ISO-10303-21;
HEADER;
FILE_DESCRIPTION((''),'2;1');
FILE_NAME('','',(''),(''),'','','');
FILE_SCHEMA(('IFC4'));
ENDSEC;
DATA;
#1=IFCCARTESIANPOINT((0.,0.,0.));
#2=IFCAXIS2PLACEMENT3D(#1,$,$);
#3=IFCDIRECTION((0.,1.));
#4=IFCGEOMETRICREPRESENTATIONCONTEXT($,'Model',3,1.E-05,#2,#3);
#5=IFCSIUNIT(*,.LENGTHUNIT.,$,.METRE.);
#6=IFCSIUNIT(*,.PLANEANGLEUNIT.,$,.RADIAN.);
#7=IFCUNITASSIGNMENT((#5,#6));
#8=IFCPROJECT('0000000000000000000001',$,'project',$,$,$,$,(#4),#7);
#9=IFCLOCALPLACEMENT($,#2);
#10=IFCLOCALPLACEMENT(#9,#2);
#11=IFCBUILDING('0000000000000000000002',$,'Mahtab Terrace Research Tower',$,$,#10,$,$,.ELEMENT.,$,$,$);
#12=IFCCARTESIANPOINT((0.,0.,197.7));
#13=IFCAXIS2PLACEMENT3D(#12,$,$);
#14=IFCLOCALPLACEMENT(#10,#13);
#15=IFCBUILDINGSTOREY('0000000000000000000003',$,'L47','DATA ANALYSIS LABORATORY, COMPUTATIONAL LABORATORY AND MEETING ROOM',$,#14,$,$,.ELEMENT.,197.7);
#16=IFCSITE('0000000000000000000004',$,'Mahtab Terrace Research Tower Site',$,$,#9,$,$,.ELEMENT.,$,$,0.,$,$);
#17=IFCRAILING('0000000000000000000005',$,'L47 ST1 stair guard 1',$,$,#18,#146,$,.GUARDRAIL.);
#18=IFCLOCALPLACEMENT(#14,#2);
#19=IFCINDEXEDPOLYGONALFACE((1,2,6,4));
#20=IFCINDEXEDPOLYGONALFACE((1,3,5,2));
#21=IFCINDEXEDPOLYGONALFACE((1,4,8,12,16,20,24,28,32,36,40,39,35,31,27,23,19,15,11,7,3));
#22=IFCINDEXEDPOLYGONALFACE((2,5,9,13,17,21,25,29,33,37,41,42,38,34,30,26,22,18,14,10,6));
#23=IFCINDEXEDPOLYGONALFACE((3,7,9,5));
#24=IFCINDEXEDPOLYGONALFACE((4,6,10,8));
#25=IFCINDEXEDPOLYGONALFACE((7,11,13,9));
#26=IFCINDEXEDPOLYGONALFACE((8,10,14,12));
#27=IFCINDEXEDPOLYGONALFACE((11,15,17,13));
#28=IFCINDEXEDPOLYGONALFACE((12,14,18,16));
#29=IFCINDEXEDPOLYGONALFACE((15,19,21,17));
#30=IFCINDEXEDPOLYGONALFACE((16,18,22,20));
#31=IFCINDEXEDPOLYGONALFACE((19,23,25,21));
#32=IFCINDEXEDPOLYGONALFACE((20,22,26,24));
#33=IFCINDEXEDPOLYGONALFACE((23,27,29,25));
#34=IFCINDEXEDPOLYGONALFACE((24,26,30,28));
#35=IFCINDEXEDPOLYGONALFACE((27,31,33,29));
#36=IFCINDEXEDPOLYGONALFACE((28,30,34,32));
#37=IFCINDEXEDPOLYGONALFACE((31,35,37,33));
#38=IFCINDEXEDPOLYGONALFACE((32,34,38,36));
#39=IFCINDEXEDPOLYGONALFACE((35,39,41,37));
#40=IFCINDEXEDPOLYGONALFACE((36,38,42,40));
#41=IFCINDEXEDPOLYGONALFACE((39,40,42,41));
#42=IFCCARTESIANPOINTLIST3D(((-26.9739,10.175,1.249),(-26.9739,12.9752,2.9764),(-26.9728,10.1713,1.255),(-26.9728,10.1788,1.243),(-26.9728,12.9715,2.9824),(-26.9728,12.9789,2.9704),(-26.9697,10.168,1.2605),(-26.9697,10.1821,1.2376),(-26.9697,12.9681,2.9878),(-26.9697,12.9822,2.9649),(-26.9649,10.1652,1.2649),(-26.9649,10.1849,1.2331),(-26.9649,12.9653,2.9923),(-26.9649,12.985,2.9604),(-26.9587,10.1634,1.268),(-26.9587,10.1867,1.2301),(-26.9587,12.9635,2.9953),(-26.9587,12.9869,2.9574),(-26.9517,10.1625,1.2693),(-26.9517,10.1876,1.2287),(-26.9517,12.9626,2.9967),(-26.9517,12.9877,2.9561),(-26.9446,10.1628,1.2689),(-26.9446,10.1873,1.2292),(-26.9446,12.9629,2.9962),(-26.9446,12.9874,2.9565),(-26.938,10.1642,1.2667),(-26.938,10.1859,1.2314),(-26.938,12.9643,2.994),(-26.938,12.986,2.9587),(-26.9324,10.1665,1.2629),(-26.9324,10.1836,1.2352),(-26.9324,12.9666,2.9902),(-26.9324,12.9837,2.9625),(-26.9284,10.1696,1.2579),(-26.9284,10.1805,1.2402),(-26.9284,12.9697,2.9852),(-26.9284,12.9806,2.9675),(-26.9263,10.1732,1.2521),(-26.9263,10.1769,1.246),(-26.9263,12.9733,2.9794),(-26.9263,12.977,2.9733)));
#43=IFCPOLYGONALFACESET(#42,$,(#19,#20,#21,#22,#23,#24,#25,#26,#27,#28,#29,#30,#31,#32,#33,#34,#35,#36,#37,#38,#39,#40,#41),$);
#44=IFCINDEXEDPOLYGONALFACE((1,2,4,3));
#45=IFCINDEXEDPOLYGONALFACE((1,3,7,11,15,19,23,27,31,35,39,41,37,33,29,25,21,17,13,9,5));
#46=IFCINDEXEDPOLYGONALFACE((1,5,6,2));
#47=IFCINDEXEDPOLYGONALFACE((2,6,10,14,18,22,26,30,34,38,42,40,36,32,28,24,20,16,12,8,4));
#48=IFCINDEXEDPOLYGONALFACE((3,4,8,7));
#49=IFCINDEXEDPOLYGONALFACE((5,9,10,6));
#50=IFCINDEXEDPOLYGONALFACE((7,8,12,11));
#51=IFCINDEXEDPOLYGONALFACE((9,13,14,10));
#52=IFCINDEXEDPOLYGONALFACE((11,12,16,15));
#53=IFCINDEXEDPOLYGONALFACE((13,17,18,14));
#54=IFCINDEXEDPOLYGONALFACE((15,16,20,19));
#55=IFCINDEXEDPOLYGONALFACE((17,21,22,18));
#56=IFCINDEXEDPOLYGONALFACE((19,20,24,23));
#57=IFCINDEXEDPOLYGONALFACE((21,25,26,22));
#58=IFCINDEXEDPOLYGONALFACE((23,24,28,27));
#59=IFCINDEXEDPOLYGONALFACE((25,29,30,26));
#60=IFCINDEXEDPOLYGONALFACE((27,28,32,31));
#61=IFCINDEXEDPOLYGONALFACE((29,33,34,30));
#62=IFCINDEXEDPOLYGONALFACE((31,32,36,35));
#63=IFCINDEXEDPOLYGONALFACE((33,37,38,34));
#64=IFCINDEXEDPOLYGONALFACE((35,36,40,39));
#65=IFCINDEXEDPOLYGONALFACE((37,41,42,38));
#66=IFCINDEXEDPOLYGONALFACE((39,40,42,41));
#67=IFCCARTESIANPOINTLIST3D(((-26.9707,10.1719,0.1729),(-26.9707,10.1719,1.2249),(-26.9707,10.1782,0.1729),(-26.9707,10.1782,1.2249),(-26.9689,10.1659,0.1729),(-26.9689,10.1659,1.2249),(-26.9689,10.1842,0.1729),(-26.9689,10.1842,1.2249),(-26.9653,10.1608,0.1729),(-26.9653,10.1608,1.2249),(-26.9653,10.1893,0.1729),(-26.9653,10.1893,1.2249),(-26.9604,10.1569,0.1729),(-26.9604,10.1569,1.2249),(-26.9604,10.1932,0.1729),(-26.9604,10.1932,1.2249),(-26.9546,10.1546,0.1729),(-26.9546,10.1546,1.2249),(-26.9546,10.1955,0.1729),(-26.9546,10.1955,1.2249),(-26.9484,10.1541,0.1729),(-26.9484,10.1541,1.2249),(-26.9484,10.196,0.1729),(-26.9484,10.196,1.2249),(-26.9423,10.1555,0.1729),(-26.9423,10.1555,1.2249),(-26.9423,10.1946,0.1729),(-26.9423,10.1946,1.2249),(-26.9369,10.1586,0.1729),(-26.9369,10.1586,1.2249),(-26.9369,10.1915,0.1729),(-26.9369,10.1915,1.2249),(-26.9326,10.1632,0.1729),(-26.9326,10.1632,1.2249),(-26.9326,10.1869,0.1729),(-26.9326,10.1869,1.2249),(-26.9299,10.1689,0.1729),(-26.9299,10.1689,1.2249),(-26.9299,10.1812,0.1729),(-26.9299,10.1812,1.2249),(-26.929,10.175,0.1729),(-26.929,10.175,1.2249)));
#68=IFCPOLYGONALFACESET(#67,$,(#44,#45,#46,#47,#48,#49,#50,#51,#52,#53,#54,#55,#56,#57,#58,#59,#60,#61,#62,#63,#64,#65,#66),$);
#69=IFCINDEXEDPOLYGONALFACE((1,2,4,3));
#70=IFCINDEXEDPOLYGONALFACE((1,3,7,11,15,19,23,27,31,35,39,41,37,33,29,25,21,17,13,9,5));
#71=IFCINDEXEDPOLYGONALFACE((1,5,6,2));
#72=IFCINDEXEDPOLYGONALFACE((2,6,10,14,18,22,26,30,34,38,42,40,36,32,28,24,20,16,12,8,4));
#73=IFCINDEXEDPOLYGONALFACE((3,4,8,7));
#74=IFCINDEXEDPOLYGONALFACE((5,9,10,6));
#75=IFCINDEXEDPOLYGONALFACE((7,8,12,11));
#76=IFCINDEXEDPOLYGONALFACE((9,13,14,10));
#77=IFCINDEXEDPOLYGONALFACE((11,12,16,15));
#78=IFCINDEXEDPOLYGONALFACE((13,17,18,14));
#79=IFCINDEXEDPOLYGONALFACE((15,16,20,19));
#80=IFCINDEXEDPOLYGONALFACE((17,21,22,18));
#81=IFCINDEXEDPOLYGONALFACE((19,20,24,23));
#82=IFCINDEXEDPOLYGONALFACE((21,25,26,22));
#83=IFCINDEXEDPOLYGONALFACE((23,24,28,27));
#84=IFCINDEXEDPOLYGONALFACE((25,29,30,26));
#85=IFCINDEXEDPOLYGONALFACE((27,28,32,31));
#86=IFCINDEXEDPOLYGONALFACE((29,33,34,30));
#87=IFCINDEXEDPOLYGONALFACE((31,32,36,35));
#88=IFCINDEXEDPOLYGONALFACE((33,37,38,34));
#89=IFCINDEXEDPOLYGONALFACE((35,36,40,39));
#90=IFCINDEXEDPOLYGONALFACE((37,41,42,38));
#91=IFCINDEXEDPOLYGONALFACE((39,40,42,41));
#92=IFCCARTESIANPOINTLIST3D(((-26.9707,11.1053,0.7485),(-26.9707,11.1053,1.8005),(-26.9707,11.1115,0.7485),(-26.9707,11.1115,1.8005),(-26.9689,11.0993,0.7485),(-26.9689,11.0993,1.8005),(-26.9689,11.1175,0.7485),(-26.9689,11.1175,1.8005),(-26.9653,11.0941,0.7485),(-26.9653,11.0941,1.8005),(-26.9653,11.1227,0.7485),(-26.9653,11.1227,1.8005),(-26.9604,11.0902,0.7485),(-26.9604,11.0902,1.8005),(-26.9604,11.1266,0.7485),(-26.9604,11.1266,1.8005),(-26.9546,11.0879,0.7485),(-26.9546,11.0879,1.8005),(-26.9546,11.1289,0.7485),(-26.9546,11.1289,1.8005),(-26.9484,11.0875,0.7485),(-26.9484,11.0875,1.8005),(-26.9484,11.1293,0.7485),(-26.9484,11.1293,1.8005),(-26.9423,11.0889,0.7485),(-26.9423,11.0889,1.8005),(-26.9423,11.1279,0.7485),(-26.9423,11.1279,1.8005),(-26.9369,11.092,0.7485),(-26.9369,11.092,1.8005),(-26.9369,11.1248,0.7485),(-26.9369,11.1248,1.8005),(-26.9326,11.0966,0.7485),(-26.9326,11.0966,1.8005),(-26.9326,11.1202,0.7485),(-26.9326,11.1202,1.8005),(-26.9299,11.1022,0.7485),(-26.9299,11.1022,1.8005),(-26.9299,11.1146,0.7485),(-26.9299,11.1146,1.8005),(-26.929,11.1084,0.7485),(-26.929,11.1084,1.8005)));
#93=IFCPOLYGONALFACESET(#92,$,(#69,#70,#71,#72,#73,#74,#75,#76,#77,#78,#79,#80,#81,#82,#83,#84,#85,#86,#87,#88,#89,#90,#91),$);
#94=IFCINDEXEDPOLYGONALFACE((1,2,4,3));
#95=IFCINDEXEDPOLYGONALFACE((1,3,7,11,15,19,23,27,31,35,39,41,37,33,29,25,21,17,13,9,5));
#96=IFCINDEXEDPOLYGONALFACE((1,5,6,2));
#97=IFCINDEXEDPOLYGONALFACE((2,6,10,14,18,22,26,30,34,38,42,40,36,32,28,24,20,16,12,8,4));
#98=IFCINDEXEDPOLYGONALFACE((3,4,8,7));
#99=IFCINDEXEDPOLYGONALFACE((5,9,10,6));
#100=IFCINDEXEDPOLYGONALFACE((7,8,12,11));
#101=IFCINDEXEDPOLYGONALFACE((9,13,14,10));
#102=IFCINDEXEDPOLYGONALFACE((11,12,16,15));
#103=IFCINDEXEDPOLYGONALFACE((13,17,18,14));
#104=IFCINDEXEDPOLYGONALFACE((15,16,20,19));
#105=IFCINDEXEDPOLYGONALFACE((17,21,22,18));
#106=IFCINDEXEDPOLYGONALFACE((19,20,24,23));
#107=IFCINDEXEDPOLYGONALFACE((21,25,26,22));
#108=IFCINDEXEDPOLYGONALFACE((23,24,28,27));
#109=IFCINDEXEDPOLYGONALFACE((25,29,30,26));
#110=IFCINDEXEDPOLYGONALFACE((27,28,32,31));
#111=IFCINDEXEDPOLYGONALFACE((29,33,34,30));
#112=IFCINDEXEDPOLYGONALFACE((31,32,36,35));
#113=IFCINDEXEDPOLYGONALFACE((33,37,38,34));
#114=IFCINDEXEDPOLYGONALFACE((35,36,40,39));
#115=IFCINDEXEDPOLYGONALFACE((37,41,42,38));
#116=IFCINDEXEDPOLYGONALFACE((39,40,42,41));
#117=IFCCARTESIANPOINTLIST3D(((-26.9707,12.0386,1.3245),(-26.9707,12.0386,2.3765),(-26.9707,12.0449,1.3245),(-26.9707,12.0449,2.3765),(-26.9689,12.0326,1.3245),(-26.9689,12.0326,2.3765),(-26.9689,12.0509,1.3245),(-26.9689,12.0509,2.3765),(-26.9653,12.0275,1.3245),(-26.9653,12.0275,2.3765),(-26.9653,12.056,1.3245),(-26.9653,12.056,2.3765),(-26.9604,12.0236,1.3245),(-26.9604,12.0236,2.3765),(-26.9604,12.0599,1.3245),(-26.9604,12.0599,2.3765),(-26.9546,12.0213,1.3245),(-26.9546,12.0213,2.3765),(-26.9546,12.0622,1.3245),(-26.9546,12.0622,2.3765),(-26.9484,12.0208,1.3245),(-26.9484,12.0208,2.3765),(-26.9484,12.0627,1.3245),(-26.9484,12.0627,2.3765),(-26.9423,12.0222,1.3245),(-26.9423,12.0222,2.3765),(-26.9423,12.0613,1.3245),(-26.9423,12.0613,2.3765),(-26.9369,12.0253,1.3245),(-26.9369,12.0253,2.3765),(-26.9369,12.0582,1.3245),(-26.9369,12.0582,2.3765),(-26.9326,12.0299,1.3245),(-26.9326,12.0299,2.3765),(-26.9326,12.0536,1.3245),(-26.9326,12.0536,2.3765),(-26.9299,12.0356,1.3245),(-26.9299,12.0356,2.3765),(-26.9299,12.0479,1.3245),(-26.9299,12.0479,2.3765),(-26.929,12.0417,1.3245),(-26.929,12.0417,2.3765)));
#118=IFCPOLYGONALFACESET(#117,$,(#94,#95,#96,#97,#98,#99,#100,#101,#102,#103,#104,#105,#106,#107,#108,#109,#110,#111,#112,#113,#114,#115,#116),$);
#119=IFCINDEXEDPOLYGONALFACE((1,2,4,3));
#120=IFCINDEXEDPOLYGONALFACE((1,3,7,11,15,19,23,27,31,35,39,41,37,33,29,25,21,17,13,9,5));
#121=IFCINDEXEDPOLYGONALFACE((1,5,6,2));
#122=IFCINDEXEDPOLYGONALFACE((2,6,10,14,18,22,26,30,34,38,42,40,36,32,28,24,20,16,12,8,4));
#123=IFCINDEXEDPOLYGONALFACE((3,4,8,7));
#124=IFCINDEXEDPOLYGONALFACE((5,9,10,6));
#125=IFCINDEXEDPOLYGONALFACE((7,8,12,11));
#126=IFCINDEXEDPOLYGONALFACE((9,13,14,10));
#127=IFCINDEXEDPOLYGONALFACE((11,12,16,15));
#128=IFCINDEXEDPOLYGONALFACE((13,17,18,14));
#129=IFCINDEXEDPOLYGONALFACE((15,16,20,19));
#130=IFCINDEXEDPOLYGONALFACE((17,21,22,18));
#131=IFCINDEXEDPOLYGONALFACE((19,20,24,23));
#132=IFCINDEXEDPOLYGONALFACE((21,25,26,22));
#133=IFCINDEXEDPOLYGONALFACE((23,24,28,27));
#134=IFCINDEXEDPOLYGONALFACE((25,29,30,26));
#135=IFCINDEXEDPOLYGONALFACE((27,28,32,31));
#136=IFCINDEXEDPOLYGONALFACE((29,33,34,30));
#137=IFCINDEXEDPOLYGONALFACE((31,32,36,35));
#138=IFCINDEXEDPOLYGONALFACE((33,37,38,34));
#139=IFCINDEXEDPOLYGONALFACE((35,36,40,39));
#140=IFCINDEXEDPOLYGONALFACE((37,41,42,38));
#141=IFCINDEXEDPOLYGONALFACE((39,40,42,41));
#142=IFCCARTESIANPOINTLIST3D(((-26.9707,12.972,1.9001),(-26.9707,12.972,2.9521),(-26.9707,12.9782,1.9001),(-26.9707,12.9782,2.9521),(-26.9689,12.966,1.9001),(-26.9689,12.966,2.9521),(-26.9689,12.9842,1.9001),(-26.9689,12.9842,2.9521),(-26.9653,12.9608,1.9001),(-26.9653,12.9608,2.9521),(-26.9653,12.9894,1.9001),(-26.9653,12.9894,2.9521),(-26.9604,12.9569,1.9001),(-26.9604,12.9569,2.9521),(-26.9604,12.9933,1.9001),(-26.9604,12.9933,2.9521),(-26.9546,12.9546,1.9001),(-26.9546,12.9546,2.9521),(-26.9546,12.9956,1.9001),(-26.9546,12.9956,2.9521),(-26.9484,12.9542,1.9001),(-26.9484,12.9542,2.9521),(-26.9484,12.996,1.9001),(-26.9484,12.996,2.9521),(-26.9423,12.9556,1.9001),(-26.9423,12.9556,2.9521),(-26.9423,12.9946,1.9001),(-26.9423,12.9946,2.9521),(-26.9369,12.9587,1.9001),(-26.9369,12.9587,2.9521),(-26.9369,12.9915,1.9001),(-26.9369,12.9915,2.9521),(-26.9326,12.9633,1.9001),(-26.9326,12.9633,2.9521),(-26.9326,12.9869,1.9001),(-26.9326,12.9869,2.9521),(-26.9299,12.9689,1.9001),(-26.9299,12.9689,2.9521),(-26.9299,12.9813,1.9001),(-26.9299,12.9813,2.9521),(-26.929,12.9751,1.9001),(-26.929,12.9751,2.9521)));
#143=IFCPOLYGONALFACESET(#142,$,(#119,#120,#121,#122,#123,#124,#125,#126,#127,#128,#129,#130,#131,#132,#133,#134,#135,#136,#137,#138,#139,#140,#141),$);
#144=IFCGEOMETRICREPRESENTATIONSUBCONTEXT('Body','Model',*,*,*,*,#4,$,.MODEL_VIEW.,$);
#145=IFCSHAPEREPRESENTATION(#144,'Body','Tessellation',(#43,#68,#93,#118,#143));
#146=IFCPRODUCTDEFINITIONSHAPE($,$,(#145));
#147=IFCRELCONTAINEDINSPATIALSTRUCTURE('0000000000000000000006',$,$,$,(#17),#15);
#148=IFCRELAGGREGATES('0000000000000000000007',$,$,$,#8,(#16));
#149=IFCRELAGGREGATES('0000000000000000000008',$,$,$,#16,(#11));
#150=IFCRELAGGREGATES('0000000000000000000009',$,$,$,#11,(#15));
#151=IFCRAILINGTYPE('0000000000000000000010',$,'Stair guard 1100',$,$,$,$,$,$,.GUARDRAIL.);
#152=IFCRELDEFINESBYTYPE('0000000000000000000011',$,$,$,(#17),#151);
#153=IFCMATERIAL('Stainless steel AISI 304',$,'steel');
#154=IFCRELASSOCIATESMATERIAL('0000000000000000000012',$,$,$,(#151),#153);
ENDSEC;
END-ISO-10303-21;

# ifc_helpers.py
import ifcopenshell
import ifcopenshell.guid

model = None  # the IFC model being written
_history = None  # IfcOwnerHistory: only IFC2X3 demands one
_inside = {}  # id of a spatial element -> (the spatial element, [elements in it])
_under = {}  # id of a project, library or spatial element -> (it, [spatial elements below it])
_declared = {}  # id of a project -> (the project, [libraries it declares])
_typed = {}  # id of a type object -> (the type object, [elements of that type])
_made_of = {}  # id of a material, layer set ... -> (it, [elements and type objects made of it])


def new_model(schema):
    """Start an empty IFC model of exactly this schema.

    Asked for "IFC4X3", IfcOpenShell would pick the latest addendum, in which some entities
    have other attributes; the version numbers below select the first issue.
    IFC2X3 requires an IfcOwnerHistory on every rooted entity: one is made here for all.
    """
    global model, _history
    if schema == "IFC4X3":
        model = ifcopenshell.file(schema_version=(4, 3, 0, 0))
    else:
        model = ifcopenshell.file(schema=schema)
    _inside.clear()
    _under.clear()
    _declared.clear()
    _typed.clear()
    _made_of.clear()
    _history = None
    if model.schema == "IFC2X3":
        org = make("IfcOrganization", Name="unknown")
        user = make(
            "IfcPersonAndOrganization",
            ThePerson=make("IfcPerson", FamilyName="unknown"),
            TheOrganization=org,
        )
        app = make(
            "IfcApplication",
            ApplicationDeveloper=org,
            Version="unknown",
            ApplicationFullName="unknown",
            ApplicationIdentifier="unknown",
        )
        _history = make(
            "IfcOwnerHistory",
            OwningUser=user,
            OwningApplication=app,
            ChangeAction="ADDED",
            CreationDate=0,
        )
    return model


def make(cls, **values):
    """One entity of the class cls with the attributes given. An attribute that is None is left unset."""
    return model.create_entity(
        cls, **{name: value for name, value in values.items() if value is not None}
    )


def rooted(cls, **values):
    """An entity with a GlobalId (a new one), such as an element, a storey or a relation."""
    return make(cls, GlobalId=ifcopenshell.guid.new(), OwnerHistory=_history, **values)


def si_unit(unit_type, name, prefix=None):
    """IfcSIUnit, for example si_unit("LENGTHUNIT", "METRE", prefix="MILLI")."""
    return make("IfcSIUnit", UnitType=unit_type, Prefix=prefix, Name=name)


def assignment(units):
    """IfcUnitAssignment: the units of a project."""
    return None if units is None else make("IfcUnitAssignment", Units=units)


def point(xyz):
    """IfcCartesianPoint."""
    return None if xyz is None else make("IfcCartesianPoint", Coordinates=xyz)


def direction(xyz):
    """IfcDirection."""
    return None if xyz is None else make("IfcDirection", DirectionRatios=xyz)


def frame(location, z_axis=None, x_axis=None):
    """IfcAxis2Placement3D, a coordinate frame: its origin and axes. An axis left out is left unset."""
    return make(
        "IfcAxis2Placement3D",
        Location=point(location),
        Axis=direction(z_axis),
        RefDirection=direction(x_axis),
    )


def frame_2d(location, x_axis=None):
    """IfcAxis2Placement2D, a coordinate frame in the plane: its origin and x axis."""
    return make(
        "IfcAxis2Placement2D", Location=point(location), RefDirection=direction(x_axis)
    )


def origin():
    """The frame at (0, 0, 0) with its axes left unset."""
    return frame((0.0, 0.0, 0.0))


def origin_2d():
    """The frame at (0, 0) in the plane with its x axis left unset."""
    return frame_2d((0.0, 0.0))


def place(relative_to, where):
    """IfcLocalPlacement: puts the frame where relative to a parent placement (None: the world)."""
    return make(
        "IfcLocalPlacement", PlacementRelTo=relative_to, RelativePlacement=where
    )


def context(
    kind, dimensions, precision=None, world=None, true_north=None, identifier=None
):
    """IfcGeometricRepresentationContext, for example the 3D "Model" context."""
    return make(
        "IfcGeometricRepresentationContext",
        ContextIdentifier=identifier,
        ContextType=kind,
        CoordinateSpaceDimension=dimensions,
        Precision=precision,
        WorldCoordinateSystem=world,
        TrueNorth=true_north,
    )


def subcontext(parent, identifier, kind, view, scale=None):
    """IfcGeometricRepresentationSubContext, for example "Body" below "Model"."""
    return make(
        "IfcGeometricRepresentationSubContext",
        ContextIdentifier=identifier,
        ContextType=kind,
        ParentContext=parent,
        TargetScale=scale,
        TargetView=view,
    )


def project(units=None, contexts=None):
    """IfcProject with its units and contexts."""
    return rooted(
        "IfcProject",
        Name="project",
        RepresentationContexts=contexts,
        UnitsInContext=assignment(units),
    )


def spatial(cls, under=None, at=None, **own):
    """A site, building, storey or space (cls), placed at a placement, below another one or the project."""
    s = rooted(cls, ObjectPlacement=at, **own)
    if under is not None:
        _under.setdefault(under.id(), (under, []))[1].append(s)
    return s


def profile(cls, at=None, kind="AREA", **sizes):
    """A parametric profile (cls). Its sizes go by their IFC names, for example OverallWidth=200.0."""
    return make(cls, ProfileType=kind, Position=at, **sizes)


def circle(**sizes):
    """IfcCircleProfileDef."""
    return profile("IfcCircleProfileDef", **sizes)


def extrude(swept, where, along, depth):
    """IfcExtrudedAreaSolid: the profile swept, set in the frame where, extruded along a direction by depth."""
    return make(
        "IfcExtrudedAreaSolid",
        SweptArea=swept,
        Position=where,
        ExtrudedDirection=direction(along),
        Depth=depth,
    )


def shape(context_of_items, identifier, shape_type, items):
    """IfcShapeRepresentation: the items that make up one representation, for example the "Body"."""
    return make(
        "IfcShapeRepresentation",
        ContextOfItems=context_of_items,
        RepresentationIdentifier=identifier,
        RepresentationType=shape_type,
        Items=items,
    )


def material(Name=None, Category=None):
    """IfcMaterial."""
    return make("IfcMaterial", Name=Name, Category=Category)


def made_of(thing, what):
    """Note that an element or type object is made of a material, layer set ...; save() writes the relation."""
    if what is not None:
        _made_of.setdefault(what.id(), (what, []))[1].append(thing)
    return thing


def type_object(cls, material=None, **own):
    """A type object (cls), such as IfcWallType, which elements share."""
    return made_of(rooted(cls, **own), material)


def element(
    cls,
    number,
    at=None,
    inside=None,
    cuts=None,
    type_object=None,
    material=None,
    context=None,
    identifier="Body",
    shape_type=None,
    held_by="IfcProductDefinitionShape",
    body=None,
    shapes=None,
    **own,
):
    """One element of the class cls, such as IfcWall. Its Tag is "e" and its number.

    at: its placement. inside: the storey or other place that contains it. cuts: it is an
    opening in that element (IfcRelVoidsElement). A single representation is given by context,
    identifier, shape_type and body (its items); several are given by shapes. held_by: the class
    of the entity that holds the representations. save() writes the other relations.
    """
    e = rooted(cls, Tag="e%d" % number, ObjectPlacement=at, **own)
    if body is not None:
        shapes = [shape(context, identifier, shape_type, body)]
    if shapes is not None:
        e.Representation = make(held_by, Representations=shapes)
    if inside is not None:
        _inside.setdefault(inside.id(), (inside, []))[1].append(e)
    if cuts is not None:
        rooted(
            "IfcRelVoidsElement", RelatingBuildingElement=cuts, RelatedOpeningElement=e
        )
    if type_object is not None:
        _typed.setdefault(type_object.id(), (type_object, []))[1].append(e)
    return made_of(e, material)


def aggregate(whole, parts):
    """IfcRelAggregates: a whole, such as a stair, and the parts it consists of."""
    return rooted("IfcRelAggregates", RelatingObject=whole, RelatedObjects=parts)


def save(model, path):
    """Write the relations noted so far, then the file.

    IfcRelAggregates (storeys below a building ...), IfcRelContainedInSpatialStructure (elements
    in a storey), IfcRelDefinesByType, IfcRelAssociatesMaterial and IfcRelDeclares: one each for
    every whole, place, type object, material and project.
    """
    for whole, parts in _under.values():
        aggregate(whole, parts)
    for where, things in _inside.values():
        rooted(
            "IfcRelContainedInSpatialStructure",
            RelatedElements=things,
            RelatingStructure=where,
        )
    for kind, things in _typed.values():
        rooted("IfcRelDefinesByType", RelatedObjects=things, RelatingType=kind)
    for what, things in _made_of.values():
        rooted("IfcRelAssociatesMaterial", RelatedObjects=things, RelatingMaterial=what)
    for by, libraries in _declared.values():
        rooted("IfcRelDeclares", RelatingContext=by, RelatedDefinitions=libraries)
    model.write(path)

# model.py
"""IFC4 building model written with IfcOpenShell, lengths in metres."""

from ifc_helpers import new_model, si_unit, direction, frame, origin, origin_2d, place, context, subcontext, project, spatial, circle, extrude, material, type_object, element, save


model = new_model("IFC4")

# Units and contexts
model_context = context("Model", 3, precision=1e-05, world=origin(), true_north=direction((0.0, 1.0)))
body_context = subcontext(model_context, "Body", "Model", "MODEL_VIEW")
ifc_project = project(units=[si_unit("LENGTHUNIT", "METRE"), si_unit("PLANEANGLEUNIT", "RADIAN")], contexts=[model_context])

# Site, building, storey
site_placement = place(None, origin())
site = spatial("IfcSite", under=ifc_project, at=site_placement, Name="Mahtab Terrace Research Tower Site", CompositionType="ELEMENT", RefElevation=0.0)
building_placement = place(site_placement, origin())
building = spatial("IfcBuilding", under=site, at=building_placement, Name="Mahtab Terrace Research Tower", CompositionType="ELEMENT")
storey_placement = place(building_placement, frame((0.0, 0.0, 197.7)))
storey = spatial("IfcBuildingStorey", under=building, at=storey_placement, Name="L47", Description="DATA ANALYSIS LABORATORY, COMPUTATIONAL LABORATORY AND MEETING ROOM", CompositionType="ELEMENT", Elevation=197.7)

# Railing
ifc_material_1 = material(Name="Stainless steel AISI 304", Category="steel")
railing_type_1 = type_object("IfcRailingType", Name="Stair guard 1100", PredefinedType="GUARDRAIL", material=ifc_material_1)
railing_1_placement = place(storey_placement, frame((-26.95, 10.175, 0.1729)))
element("IfcRailing", 1, at=railing_1_placement, inside=storey, type_object=railing_type_1, Name="L47 ST1 stair guard 1", PredefinedType="GUARDRAIL", context=body_context, shape_type="SweptSolid", body=[
    extrude(circle(Radius=0.0239, at=origin_2d()), frame((0.0, 0.0, 1.0762), z_axis=(0.0, 0.85109, 0.52502), x_axis=(-1.0, 0.0, 0.0)), (0.0, 0.0, 1.0), 3.29),
    extrude(circle(Radius=0.021, at=origin_2d()), origin(), (0.0, 0.0, 1.0), 1.052),
    extrude(circle(Radius=0.021, at=origin_2d()), frame((0.0, 0.9333, 0.5757)), (0.0, 0.0, 1.0), 1.052),
    extrude(circle(Radius=0.021, at=origin_2d()), frame((0.0, 1.8667, 1.1516)), (0.0, 0.0, 1.0), 1.052),
    extrude(circle(Radius=0.021, at=origin_2d()), frame((0.0, 2.8, 1.7273)), (0.0, 0.0, 1.0), 1.052),
])

save(model, "model.ifc")
